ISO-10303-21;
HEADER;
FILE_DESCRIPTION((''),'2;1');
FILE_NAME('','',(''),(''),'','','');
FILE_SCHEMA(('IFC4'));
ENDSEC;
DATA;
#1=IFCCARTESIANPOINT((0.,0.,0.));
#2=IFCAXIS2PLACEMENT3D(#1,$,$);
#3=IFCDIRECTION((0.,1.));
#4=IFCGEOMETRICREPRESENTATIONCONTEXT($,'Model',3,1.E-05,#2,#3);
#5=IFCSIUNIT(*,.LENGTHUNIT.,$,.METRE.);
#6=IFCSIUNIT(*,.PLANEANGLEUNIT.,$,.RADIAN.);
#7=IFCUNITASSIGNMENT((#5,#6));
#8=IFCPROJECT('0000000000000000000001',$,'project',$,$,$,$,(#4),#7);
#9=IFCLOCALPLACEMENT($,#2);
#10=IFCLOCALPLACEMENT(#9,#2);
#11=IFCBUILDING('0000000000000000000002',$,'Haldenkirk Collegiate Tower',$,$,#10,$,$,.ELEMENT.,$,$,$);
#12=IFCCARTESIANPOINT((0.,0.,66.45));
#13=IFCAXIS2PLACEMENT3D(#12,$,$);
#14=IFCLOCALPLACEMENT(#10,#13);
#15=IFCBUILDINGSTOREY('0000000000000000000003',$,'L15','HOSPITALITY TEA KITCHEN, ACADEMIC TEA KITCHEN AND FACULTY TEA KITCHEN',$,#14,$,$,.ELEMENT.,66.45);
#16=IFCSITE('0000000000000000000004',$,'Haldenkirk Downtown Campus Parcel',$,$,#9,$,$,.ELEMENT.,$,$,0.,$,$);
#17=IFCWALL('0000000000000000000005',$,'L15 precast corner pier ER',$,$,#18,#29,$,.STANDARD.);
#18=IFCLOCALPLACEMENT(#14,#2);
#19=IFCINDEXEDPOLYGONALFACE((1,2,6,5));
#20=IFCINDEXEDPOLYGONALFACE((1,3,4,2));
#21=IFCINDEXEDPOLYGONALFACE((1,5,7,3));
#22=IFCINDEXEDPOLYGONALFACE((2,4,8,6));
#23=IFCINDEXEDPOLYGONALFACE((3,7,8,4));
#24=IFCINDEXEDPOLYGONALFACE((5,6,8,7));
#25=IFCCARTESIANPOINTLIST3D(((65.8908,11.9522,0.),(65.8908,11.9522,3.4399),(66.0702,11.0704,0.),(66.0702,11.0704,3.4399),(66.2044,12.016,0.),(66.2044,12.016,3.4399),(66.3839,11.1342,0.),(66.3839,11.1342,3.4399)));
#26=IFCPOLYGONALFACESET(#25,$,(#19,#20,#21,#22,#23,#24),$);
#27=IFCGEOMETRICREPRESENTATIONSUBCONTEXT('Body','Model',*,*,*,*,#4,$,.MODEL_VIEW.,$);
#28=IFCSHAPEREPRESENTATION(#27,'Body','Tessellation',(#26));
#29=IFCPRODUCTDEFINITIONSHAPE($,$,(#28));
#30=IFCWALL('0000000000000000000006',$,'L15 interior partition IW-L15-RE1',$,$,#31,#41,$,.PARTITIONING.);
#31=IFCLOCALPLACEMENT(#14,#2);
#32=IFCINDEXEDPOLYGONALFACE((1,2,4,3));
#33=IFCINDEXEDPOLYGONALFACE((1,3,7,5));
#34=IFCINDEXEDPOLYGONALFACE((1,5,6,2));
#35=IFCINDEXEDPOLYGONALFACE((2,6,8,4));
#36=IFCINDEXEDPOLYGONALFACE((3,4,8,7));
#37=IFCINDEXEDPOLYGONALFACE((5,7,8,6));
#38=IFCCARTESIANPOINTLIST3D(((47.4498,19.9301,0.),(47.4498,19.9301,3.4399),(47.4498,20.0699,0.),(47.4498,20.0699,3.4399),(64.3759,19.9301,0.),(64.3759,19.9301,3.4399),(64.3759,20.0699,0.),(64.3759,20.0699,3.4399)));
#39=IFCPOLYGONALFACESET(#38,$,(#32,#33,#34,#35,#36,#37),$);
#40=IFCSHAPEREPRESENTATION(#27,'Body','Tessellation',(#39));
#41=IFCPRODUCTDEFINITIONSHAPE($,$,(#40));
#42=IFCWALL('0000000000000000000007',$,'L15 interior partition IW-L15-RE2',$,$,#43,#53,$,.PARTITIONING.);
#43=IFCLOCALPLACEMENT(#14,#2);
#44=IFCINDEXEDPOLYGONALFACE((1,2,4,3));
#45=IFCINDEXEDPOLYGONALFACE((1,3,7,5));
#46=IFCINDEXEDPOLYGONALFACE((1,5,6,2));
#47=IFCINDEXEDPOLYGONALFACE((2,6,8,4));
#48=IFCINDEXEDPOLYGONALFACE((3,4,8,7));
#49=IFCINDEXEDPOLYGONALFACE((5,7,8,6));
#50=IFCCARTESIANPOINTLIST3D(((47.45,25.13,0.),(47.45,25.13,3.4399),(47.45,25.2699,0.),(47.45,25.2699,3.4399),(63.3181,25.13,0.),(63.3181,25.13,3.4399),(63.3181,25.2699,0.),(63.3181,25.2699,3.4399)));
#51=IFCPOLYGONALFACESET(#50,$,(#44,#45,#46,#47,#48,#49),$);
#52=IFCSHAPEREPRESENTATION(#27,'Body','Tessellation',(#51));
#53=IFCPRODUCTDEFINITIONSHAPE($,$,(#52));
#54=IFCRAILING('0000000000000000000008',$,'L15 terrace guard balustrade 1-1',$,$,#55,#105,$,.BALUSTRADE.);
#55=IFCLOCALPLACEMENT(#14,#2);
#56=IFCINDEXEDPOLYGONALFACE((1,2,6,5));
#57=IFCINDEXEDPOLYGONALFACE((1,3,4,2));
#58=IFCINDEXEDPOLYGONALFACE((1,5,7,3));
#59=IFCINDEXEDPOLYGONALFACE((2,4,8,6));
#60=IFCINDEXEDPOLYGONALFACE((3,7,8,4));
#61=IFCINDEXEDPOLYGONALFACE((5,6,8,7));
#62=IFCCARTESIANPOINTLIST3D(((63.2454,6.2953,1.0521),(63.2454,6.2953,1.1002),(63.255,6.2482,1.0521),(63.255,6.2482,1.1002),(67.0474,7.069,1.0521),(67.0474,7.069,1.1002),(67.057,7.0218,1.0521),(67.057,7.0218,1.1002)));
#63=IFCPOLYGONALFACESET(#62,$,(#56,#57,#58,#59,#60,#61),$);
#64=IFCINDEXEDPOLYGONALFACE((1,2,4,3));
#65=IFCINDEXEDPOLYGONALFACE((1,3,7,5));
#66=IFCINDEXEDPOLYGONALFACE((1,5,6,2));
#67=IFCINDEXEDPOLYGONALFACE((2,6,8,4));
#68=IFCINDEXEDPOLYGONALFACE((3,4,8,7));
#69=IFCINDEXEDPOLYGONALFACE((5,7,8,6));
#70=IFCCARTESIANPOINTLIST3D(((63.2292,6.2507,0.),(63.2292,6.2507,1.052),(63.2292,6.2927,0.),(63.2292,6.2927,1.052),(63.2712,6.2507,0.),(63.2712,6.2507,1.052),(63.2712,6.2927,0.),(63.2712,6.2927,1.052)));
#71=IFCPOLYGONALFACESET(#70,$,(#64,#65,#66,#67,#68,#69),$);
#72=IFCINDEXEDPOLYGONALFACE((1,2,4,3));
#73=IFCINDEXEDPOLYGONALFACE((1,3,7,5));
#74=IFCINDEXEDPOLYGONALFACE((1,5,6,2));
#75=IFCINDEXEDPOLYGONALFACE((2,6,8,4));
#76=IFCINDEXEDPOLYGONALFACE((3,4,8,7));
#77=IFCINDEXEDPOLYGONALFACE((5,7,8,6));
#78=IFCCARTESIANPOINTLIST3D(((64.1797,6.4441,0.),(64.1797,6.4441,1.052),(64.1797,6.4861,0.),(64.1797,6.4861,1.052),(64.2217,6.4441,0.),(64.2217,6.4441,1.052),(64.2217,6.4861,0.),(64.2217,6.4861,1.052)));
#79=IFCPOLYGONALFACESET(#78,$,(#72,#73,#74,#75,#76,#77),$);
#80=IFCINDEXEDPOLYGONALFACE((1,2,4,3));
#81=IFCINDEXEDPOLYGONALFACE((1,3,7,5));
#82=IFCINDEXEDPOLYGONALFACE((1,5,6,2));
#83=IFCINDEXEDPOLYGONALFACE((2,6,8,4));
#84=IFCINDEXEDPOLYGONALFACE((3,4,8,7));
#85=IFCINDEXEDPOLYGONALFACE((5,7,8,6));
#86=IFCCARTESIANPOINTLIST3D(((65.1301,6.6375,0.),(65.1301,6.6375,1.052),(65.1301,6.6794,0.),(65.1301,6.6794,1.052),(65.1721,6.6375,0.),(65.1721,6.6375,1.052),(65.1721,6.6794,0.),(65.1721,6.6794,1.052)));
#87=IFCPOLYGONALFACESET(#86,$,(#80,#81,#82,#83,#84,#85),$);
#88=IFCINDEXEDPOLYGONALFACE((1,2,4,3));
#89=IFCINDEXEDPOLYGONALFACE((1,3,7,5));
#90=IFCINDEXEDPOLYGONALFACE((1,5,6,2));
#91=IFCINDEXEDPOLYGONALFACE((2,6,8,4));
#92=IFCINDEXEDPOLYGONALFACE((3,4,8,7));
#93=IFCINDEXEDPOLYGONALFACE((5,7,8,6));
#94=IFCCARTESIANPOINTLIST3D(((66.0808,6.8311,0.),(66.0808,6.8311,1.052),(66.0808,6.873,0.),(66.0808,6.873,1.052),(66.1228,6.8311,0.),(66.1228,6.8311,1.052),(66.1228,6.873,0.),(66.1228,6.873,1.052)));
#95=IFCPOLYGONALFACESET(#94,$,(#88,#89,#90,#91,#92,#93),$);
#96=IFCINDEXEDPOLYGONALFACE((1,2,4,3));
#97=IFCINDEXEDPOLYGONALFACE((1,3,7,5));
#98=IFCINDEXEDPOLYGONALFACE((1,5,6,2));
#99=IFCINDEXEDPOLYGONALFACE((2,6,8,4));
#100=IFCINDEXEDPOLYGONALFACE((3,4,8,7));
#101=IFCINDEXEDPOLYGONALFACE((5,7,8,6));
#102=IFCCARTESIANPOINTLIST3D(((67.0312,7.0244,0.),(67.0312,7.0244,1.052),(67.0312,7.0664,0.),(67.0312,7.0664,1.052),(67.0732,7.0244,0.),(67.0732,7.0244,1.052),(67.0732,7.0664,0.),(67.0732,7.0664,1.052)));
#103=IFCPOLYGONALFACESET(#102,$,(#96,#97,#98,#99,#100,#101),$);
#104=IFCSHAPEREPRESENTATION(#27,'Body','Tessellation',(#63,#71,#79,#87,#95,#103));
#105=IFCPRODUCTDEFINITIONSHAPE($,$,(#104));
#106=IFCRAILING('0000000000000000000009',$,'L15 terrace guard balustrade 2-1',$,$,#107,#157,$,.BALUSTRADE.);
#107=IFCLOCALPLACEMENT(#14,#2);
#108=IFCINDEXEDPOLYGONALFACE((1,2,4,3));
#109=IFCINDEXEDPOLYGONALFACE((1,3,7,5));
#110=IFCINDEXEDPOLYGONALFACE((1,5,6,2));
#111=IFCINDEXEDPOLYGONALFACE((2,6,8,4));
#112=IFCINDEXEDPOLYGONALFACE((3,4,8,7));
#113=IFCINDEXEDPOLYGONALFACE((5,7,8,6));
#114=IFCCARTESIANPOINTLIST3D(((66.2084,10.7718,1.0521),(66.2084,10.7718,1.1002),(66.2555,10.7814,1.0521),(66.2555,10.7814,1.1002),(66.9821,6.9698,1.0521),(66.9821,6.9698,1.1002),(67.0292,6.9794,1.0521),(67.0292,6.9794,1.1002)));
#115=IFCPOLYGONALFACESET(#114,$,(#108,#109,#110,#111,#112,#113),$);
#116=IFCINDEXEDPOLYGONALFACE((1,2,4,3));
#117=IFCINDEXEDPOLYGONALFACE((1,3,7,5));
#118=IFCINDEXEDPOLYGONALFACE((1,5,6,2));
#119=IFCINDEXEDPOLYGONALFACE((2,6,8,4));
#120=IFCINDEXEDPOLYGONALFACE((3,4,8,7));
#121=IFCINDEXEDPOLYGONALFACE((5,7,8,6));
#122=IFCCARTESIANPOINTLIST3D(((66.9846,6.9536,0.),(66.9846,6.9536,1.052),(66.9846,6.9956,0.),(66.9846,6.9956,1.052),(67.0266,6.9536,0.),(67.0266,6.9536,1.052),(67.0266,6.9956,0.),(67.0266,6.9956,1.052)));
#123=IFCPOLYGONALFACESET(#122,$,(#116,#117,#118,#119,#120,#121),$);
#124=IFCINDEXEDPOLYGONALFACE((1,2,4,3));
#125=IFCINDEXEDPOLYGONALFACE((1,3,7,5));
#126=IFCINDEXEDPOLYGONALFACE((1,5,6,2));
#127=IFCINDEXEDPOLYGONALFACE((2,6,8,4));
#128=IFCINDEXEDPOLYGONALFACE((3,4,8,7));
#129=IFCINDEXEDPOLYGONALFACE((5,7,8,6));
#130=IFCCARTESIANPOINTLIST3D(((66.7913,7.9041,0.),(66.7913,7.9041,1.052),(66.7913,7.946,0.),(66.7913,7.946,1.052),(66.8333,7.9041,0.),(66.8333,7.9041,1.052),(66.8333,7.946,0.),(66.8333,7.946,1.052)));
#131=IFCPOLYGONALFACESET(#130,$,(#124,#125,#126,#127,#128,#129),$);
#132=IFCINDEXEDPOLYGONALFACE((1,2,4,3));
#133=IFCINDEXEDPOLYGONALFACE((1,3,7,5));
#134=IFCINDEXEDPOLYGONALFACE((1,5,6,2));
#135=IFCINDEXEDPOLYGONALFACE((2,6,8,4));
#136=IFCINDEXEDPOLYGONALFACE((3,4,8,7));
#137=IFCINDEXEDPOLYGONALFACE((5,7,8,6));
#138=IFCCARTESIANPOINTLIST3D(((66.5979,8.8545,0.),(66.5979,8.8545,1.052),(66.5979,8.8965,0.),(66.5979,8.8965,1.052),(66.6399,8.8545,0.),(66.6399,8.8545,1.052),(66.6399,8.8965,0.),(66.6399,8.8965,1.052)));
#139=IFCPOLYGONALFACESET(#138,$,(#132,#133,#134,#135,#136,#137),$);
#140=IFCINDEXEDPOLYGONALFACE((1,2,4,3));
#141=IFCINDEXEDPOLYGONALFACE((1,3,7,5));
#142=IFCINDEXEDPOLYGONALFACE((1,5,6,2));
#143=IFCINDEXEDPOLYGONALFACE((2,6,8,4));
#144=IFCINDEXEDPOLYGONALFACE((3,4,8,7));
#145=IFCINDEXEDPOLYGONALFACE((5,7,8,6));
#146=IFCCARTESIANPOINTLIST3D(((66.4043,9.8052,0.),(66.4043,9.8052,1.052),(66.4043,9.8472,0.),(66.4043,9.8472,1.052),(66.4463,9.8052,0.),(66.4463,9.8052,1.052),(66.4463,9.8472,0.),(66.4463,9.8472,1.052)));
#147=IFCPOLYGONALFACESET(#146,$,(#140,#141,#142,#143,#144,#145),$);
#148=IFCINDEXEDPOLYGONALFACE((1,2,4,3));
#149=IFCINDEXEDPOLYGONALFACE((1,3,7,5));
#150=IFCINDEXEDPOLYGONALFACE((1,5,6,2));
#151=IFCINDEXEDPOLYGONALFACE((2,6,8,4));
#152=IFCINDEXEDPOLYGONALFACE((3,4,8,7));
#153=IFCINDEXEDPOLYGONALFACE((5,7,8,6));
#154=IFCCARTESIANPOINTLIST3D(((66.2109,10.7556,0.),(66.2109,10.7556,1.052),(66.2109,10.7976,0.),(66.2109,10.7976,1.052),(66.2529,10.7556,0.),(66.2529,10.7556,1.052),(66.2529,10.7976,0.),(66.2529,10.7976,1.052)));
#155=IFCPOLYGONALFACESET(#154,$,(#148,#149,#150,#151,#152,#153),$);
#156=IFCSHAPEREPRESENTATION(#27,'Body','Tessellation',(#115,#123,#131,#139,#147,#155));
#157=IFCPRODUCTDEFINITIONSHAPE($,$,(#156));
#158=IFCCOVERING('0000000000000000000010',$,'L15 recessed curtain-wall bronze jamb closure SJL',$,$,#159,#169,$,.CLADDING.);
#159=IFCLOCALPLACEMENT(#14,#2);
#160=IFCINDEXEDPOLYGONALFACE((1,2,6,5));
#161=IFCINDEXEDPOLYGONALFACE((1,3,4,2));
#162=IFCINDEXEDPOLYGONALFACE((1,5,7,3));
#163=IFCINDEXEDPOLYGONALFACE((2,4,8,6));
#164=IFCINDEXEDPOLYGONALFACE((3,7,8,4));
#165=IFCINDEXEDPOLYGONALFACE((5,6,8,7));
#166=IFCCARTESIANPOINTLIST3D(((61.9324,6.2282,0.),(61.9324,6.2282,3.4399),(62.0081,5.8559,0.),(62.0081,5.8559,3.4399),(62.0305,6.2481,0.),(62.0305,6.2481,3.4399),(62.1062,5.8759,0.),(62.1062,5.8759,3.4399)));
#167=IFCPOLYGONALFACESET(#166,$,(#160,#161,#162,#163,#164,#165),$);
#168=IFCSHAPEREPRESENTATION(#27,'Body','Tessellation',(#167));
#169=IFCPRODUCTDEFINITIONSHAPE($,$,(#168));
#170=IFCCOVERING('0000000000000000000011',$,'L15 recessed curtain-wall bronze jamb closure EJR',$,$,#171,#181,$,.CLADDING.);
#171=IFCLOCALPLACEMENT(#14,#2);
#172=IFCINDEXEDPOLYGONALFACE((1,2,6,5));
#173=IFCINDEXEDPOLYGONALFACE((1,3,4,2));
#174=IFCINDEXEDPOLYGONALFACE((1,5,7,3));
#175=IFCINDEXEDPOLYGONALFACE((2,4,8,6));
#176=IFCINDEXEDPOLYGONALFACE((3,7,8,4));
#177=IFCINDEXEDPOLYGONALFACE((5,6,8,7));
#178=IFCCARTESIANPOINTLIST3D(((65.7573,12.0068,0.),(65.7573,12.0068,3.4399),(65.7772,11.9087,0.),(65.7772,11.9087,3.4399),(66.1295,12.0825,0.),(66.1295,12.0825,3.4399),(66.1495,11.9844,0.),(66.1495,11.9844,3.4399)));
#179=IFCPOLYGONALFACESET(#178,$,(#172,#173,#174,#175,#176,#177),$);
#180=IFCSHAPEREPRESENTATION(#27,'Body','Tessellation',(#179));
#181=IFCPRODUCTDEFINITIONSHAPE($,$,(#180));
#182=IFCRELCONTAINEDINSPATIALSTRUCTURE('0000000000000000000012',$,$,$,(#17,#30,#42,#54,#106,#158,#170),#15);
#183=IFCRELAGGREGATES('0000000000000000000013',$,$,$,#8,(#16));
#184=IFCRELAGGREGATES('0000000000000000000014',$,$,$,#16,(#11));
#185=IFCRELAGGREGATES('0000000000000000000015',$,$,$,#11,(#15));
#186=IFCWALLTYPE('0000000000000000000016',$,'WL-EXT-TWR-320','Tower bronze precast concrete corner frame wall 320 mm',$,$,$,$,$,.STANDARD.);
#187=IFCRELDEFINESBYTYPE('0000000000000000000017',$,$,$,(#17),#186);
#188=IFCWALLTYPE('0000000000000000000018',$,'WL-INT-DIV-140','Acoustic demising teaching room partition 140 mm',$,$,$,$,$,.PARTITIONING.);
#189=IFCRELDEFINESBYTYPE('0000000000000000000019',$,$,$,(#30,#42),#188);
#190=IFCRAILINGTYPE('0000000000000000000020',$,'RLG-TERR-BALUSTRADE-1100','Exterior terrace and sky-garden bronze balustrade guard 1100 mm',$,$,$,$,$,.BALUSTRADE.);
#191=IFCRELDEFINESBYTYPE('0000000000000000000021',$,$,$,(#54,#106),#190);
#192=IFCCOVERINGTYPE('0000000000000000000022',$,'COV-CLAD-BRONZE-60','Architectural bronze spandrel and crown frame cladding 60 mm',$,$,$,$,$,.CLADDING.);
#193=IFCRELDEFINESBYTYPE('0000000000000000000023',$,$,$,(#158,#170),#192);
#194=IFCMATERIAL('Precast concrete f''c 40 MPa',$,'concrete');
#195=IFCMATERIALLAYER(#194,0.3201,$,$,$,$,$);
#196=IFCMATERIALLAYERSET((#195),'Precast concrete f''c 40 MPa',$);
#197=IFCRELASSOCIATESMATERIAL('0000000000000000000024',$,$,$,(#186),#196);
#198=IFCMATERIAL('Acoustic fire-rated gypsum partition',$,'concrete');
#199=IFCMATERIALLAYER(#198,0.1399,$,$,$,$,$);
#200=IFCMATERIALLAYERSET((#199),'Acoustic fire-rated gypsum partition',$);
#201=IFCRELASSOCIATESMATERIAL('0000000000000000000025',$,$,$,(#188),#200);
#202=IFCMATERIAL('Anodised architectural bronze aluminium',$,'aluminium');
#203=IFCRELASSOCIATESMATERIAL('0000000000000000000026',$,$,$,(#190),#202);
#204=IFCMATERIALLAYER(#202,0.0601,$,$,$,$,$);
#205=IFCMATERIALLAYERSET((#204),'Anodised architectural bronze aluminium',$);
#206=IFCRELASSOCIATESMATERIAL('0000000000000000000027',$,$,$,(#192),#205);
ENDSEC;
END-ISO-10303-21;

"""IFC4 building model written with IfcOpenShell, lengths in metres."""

from ifc_helpers import new_model, si_unit, direction, frame, frame_2d, origin, origin_2d, place, context, subcontext, project, spatial, rectangle, extrude, source, transform, mapped, material, layer, layer_set, type_object, element, save


model = new_model("IFC4")

# Units and contexts
model_context = context("Model", 3, precision=1e-05, world=origin(), true_north=direction((0.0, 1.0)))
body_context = subcontext(model_context, "Body", "Model", "MODEL_VIEW")
ifc_project = project(units=[si_unit("LENGTHUNIT", "METRE"), si_unit("PLANEANGLEUNIT", "RADIAN")], contexts=[model_context])

# Site, building, storey
site_placement = place(None, origin())
site = spatial("IfcSite", under=ifc_project, at=site_placement, Name="Haldenkirk Downtown Campus Parcel", CompositionType="ELEMENT", RefElevation=0.0)
building_placement = place(site_placement, origin())
building = spatial("IfcBuilding", under=site, at=building_placement, Name="Haldenkirk Collegiate Tower", CompositionType="ELEMENT")
storey_placement = place(building_placement, frame((0.0, 0.0, 66.45)))
storey = spatial("IfcBuildingStorey", under=building, at=storey_placement, Name="L15", Description="HOSPITALITY TEA KITCHEN, ACADEMIC TEA KITCHEN AND FACULTY TEA KITCHEN", CompositionType="ELEMENT", Elevation=66.45)

# Shared definitions
ifc_material_1 = material(Name="Anodised architectural bronze aluminium", Category="aluminium")

# Shared definitions
ifc_material_2 = material(Name="Precast concrete f'c 40 MPa", Category="concrete")
ifc_layer_1 = layer(ifc_material_2, 0.3201)
ifc_layer_set_1 = layer_set([ifc_layer_1], Name="Precast concrete f'c 40 MPa")
wall_type_1 = type_object("IfcWallType", Name="WL-EXT-TWR-320", Description="Tower bronze precast concrete corner frame wall 320 mm", PredefinedType="STANDARD", material=ifc_layer_set_1)

# Walls
wall_1_placement = place(storey_placement, frame((66.0476, 11.9841, 0.0), z_axis=(0.0, 0.0, 1.0), x_axis=(0.199402, -0.979918, 0.0)))
element("IfcWall", 1, at=wall_1_placement, inside=storey, type_object=wall_type_1, Name="L15 precast corner pier ER", PredefinedType="STANDARD", context=body_context, shape_type="SweptSolid", body=[
    extrude(rectangle(XDim=0.8999, YDim=0.3201, at=frame_2d((0.45, 0.0))), origin(), (0.0, 0.0, 1.0), 3.4399),
])
ifc_material_3 = material(Name="Acoustic fire-rated gypsum partition", Category="concrete")
ifc_layer_2 = layer(ifc_material_3, 0.1399)
ifc_layer_set_2 = layer_set([ifc_layer_2], Name="Acoustic fire-rated gypsum partition")
wall_type_2 = type_object("IfcWallType", Name="WL-INT-DIV-140", Description="Acoustic demising teaching room partition 140 mm", PredefinedType="PARTITIONING", material=ifc_layer_set_2)
wall_2_placement = place(storey_placement, frame((47.45, 20.0, 0.0), z_axis=(0.0, 0.0, 1.0), x_axis=(1.0, 0.0, 0.0)))
element("IfcWall", 2, at=wall_2_placement, inside=storey, type_object=wall_type_2, Name="L15 interior partition IW-L15-RE1", PredefinedType="PARTITIONING", context=body_context, shape_type="SweptSolid", body=[
    extrude(rectangle(XDim=16.926, YDim=0.1399, at=frame_2d((8.4629, 0.0))), origin(), (0.0, 0.0, 1.0), 3.4399),
])
wall_3_placement = place(storey_placement, frame((47.45, 25.2, 0.0), z_axis=(0.0, 0.0, 1.0), x_axis=(1.0, 0.0, 0.0)))
element("IfcWall", 3, at=wall_3_placement, inside=storey, type_object=wall_type_2, Name="L15 interior partition IW-L15-RE2", PredefinedType="PARTITIONING", context=body_context, shape_type="SweptSolid", body=[
    extrude(rectangle(XDim=15.8682, YDim=0.1399, at=frame_2d((7.9341, 0.0))), origin(), (0.0, 0.0, 1.0), 3.4399),
])

# Railings
railing_type = type_object("IfcRailingType", Name="RLG-TERR-BALUSTRADE-1100", Description="Exterior terrace and sky-garden bronze balustrade guard 1100 mm", PredefinedType="BALUSTRADE", material=ifc_material_1)
railing_1_placement = place(storey_placement, frame((63.2502, 6.2717, 0.0)))
element("IfcRailing", 4, at=railing_1_placement, inside=storey, type_object=railing_type, Name="L15 terrace guard balustrade 1-1", PredefinedType="BALUSTRADE", context=body_context, shape_type="SweptSolid", body=[
    extrude(rectangle(XDim=0.0481, YDim=0.0481, at=origin_2d()), frame((0.0, 0.0, 1.0762), z_axis=(0.979917, 0.199406, 0.0), x_axis=(-0.199406, 0.979917, 0.0)), (0.0, 0.0, 1.0), 3.8799),
    extrude(rectangle(XDim=0.042, YDim=0.042, at=origin_2d()), origin(), (0.0, 0.0, 1.0), 1.052),
    extrude(rectangle(XDim=0.042, YDim=0.042, at=origin_2d()), frame((0.9504, 0.1934, 0.0)), (0.0, 0.0, 1.0), 1.052),
    extrude(rectangle(XDim=0.042, YDim=0.042, at=origin_2d()), frame((1.9009, 0.3867, 0.0)), (0.0, 0.0, 1.0), 1.052),
    extrude(rectangle(XDim=0.042, YDim=0.042, at=origin_2d()), frame((2.8516, 0.5803, 0.0)), (0.0, 0.0, 1.0), 1.052),
    extrude(rectangle(XDim=0.042, YDim=0.042, at=origin_2d()), frame((3.802, 0.7737, 0.0)), (0.0, 0.0, 1.0), 1.052),
])
railing_2_placement = place(storey_placement, frame((67.0056, 6.9746, 0.0)))
element("IfcRailing", 5, at=railing_2_placement, inside=storey, type_object=railing_type, Name="L15 terrace guard balustrade 2-1", PredefinedType="BALUSTRADE", context=body_context, shape_type="SweptSolid", body=[
    extrude(rectangle(XDim=0.0481, YDim=0.0481, at=origin_2d()), frame((0.0, 0.0, 1.0762), z_axis=(-0.199406, 0.979917, 0.0), x_axis=(-0.979917, -0.199406, 0.0)), (0.0, 0.0, 1.0), 3.8799),
    extrude(rectangle(XDim=0.042, YDim=0.042, at=origin_2d()), origin(), (0.0, 0.0, 1.0), 1.052),
    extrude(rectangle(XDim=0.042, YDim=0.042, at=origin_2d()), frame((-0.1934, 0.9504, 0.0)), (0.0, 0.0, 1.0), 1.052),
    extrude(rectangle(XDim=0.042, YDim=0.042, at=origin_2d()), frame((-0.3867, 1.9009, 0.0)), (0.0, 0.0, 1.0), 1.052),
    extrude(rectangle(XDim=0.042, YDim=0.042, at=origin_2d()), frame((-0.5803, 2.8516, 0.0)), (0.0, 0.0, 1.0), 1.052),
    extrude(rectangle(XDim=0.042, YDim=0.042, at=origin_2d()), frame((-0.7737, 3.802, 0.0)), (0.0, 0.0, 1.0), 1.052),
])

# Coverings
ifc_layer_3 = layer(ifc_material_1, 0.0601)
ifc_layer_set_3 = layer_set([ifc_layer_3], Name="Anodised architectural bronze aluminium")
covering_type = type_object("IfcCoveringType", Name="COV-CLAD-BRONZE-60", Description="Architectural bronze spandrel and crown frame cladding 60 mm", PredefinedType="CLADDING", material=ifc_layer_set_3)
shared_shape_1 = source(origin(), body_context, "Body", "SweptSolid", [
    extrude(rectangle(XDim=0.1001, YDim=0.3799, at=origin_2d()), origin(), (0.0, 0.0, 1.0), 3.4399),
])
for number, where, z_axis, x_axis, name in (
    (6, (62.0193, 6.052, 0.0), (0.0, 0.0, 1.0), (-0.979925, -0.199368, 0.0), "L15 recessed curtain-wall bronze jamb closure SJL"),
    (7, (65.9534, 11.9956, 0.0), (0.0, 0.0, 1.0), (0.199368, -0.979925, 0.0), "L15 recessed curtain-wall bronze jamb closure EJR"),
):
    element("IfcCovering", number, at=place(storey_placement, frame(where, z_axis=z_axis, x_axis=x_axis)), inside=storey, type_object=covering_type, Name=name, PredefinedType="CLADDING", context=body_context, shape_type="MappedRepresentation", body=[
        mapped(shared_shape_1, transform((0.0, 0.0, 0.0), x_axis=(1.0, 0.0, 0.0), y_axis=(0.0, 1.0, 0.0), z_axis=(0.0, 0.0, 1.0), scale=1.0)),
    ])

save(model, "model.ifc")
